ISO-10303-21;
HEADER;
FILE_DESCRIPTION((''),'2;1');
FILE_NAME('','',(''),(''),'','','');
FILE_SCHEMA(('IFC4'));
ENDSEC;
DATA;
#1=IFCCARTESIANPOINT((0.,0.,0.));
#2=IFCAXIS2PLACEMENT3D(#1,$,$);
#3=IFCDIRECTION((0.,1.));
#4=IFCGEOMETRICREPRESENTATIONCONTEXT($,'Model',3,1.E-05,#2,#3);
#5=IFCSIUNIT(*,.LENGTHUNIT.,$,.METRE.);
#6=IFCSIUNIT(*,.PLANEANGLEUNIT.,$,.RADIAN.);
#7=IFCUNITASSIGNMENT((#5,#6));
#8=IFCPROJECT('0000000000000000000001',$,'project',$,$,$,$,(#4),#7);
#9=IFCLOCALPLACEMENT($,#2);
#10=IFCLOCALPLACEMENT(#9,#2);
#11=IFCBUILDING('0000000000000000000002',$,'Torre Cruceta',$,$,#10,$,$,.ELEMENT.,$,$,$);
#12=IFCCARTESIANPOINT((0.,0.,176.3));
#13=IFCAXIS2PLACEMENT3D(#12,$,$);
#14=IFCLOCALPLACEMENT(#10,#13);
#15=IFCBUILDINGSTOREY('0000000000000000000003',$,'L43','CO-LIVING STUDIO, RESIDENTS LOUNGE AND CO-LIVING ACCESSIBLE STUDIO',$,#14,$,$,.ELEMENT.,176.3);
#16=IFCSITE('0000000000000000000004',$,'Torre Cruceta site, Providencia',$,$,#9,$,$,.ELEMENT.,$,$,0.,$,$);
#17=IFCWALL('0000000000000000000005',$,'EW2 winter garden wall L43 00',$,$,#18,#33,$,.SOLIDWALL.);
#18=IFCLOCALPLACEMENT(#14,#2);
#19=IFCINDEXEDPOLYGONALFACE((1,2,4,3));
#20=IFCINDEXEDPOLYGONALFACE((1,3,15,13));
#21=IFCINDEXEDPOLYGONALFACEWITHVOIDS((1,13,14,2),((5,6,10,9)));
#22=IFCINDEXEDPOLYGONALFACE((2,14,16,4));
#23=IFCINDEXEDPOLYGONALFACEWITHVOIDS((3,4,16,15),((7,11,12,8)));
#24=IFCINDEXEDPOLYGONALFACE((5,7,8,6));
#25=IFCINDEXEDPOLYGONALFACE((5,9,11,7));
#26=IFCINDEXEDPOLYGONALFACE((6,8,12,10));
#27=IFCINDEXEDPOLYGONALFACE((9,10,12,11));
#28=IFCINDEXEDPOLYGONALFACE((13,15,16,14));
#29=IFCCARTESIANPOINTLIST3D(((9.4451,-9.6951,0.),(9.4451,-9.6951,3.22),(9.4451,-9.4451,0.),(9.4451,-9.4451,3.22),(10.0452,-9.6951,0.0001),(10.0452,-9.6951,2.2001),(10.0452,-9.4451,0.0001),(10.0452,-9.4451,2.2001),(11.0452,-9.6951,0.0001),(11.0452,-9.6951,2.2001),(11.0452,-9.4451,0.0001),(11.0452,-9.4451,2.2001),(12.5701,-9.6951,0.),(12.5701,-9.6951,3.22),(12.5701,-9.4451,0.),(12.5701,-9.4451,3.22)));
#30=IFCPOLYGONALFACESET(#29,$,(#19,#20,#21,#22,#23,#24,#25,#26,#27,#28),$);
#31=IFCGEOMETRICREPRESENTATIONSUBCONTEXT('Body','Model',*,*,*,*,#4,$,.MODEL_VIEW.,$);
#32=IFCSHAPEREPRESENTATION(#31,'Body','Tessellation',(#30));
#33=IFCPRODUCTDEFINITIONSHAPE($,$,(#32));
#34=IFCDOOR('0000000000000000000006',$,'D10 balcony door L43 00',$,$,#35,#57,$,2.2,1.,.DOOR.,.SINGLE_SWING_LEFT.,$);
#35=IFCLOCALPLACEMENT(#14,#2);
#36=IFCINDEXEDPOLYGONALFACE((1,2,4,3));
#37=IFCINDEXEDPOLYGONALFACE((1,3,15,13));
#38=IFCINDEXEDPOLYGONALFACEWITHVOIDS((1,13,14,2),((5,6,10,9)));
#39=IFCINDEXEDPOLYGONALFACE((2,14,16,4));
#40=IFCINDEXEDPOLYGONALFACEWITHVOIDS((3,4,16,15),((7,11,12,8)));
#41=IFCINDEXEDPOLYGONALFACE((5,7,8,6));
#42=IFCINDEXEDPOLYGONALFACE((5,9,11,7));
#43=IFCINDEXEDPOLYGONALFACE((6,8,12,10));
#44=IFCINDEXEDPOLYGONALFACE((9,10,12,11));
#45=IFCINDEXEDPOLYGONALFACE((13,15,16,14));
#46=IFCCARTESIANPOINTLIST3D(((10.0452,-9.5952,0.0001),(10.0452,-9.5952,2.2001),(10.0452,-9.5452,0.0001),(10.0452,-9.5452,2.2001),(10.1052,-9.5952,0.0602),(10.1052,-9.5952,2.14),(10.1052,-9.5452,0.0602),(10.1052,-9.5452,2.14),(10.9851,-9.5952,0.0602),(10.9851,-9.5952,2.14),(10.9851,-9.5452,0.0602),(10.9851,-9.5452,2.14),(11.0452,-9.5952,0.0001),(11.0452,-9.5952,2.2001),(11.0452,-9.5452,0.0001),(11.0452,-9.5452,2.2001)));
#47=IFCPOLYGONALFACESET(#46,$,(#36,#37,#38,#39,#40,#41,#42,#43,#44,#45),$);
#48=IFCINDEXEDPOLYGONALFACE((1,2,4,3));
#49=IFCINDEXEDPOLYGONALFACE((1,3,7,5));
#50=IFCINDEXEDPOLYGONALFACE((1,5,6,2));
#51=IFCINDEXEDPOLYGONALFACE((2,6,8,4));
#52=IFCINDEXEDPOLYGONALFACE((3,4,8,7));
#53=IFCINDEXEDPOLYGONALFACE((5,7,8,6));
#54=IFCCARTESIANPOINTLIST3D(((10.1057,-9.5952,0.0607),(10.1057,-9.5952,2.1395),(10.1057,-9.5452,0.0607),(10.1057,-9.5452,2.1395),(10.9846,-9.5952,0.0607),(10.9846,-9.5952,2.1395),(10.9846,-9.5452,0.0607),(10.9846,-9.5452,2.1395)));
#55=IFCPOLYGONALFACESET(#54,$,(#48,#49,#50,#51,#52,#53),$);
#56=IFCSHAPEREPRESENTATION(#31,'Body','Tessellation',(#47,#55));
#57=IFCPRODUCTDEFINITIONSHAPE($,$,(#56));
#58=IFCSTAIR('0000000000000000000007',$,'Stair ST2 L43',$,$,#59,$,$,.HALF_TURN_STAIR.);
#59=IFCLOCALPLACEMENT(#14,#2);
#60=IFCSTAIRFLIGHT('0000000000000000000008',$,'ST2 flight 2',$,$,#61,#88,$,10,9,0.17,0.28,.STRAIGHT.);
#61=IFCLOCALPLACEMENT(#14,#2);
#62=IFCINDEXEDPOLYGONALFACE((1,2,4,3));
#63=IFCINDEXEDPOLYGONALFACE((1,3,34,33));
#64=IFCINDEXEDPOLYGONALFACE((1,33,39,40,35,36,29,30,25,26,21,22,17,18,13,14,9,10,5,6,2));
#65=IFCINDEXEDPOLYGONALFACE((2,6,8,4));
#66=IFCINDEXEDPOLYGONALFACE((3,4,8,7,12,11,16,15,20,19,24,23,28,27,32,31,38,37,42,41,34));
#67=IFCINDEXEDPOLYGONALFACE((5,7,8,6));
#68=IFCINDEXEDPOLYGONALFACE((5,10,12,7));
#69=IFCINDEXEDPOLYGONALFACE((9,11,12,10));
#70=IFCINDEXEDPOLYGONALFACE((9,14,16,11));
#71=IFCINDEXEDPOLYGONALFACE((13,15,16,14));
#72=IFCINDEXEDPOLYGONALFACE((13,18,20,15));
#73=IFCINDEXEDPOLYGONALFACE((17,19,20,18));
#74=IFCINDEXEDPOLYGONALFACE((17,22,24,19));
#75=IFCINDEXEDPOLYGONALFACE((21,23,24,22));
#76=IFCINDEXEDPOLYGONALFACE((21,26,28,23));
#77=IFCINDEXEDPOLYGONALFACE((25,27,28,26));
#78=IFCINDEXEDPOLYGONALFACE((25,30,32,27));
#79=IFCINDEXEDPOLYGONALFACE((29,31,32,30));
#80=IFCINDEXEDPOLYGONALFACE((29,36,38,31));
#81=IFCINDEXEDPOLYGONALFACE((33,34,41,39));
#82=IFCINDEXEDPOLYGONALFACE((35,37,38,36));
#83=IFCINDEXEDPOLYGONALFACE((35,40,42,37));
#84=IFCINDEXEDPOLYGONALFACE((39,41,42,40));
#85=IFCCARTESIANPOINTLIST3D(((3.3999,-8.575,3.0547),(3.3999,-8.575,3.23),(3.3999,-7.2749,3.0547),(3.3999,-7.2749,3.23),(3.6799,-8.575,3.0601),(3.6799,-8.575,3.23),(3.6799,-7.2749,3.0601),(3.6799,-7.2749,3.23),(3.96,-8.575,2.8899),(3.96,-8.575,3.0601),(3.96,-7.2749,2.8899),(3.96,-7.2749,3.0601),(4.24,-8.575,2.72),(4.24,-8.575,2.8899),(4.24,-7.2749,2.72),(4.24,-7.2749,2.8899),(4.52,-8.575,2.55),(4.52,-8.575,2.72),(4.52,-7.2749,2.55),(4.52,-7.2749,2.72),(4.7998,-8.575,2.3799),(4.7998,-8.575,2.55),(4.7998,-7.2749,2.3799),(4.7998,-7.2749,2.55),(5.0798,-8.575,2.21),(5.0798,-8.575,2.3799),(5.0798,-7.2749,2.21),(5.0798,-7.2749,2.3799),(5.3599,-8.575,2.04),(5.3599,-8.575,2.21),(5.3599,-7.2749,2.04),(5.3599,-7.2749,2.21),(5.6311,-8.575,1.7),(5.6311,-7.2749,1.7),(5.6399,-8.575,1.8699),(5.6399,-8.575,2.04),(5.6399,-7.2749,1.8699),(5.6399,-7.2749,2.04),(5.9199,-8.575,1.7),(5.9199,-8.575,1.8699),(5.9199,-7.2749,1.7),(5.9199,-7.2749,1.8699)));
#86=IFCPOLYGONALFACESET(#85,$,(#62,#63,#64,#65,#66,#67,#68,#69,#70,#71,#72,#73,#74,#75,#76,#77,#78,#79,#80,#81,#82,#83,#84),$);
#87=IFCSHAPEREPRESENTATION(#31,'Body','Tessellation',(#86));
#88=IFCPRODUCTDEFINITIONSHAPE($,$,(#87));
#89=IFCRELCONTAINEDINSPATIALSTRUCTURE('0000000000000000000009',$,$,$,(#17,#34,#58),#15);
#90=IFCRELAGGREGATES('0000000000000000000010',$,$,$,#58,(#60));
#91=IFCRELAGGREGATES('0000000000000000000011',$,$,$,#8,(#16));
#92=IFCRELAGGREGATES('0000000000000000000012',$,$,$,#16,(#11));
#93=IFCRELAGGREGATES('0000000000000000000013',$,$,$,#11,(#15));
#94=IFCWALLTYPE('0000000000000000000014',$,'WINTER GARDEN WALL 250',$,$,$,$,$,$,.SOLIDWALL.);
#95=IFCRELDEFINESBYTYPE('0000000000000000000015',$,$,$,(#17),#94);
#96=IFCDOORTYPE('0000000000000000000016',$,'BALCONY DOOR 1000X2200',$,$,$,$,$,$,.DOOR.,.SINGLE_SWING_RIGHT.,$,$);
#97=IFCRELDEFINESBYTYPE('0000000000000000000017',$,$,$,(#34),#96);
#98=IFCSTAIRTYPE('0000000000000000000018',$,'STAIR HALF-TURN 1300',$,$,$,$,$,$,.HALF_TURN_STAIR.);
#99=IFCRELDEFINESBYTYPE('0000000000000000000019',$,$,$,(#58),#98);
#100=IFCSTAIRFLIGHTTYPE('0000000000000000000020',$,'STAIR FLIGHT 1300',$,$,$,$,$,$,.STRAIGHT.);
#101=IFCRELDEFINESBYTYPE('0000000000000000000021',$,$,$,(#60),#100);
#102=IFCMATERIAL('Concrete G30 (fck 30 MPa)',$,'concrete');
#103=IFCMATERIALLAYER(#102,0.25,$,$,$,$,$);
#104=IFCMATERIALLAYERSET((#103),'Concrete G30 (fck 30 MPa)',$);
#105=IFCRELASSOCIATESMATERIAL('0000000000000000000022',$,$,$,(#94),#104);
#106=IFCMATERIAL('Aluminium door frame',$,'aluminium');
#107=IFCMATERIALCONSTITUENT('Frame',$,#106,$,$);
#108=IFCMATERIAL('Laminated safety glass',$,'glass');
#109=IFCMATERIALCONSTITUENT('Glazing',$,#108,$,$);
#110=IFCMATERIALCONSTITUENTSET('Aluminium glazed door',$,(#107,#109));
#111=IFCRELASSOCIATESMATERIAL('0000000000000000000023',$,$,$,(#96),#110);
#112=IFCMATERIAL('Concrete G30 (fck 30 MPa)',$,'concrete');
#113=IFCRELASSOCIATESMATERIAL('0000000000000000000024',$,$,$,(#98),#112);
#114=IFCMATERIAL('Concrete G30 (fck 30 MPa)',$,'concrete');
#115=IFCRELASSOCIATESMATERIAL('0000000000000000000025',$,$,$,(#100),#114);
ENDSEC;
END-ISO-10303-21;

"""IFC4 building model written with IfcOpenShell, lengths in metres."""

from ifc_helpers import new_model, si_unit, direction, frame, frame_2d, origin, place, context, subcontext, project, spatial, polyline, rectangle, hollow_rectangle, outline, extrude, material, layer, layer_set, constituent, constituent_set, type_object, element, fill, aggregate, save


model = new_model("IFC4")

# Units and contexts
model_context = context("Model", 3, precision=1e-05, world=origin(), true_north=direction((0.0, 1.0)))
body_context = subcontext(model_context, "Body", "Model", "MODEL_VIEW")
ifc_project = project(units=[si_unit("LENGTHUNIT", "METRE"), si_unit("PLANEANGLEUNIT", "RADIAN")], contexts=[model_context])

# Site, building, storey
site_placement = place(None, origin())
site = spatial("IfcSite", under=ifc_project, at=site_placement, Name="Torre Cruceta site, Providencia", CompositionType="ELEMENT", RefElevation=0.0)
building_placement = place(site_placement, origin())
building = spatial("IfcBuilding", under=site, at=building_placement, Name="Torre Cruceta", CompositionType="ELEMENT")
storey_placement = place(building_placement, frame((0.0, 0.0, 176.3)))
storey = spatial("IfcBuildingStorey", under=building, at=storey_placement, Name="L43", Description="CO-LIVING STUDIO, RESIDENTS LOUNGE AND CO-LIVING ACCESSIBLE STUDIO", CompositionType="ELEMENT", Elevation=176.3)

# Wall, opening, door
ifc_material_1 = material(Name="Concrete G30 (fck 30 MPa)", Category="concrete")
ifc_layer_1 = layer(ifc_material_1, 0.25)
ifc_layer_set_1 = layer_set([ifc_layer_1], Name="Concrete G30 (fck 30 MPa)")
wall_type_1 = type_object("IfcWallType", Name="WINTER GARDEN WALL 250", PredefinedType="SOLIDWALL", material=ifc_layer_set_1)
wall_1_placement = place(storey_placement, frame((9.4451, -9.5701, 0.0), z_axis=(0.0, 0.0, 1.0), x_axis=(1.0, 0.0, 0.0)))
wall_1 = element("IfcWall", 1, at=wall_1_placement, inside=storey, type_object=wall_type_1, Name="EW2 winter garden wall L43 00", PredefinedType="SOLIDWALL", context=body_context, shape_type="SweptSolid", body=[
    extrude(rectangle(XDim=3.125, YDim=0.25, at=frame_2d((1.5625, 0.0))), origin(), (0.0, 0.0, 1.0), 3.22),
])
opening_1_placement = place(wall_1_placement, frame((0.6001, 0.0, 0.0)))
opening_1 = element("IfcOpeningElement", 2, at=opening_1_placement, cuts=wall_1, PredefinedType="OPENING", context=body_context, shape_type="SweptSolid", body=[
    extrude(rectangle(XDim=1.0, YDim=2.2, at=frame_2d((0.5, 1.1001))), frame((0.0, 0.135, 0.0), z_axis=(0.0, -1.0, 0.0), x_axis=(1.0, 0.0, 0.0)), (0.0, 0.0, 1.0), 0.27),
])
ifc_material_2 = material(Name="Aluminium door frame", Category="aluminium")
ifc_constituent_1 = constituent(ifc_material_2, Name="Frame")
ifc_material_3 = material(Name="Laminated safety glass", Category="glass")
ifc_constituent_2 = constituent(ifc_material_3, Name="Glazing")
ifc_constituent_set_1 = constituent_set(constituents=[ifc_constituent_1, ifc_constituent_2], Name="Aluminium glazed door")
door_type_1 = type_object("IfcDoorType", Name="BALCONY DOOR 1000X2200", OperationType="SINGLE_SWING_RIGHT", PredefinedType="DOOR", material=ifc_constituent_set_1)
door_1_placement = place(opening_1_placement, origin())
door_1 = element("IfcDoor", 3, at=door_1_placement, inside=storey, type_object=door_type_1, Name="D10 balcony door L43 00", OperationType="SINGLE_SWING_LEFT", OverallHeight=2.2, OverallWidth=1.0, PredefinedType="DOOR", context=body_context, shape_type="SweptSolid", body=[
    extrude(hollow_rectangle(XDim=1.0, YDim=2.2, WallThickness=0.0601, at=frame_2d((0.5, 1.1001))), frame((0.0, 0.0249, 0.0), z_axis=(0.0, -1.0, 0.0), x_axis=(1.0, 0.0, 0.0)), (0.0, 0.0, 1.0), 0.05),
    extrude(rectangle(XDim=0.8789, YDim=2.0789, at=frame_2d((0.5, 1.1001))), frame((0.0, 0.0249, 0.0), z_axis=(0.0, -1.0, 0.0), x_axis=(1.0, 0.0, 0.0)), (0.0, 0.0, 1.0), 0.05),
])
fill(opening_1, door_1)

# Stair, stair flight
ifc_material_4 = material(Name="Concrete G30 (fck 30 MPa)", Category="concrete")
stair_type = type_object("IfcStairType", Name="STAIR HALF-TURN 1300", PredefinedType="HALF_TURN_STAIR", material=ifc_material_4)
stair_placement = place(storey_placement, origin())
stair = element("IfcStair", 4, at=stair_placement, inside=storey, type_object=stair_type, Name="Stair ST2 L43", PredefinedType="HALF_TURN_STAIR")
ifc_material_5 = material(Name="Concrete G30 (fck 30 MPa)", Category="concrete")
stair_flight_type = type_object("IfcStairFlightType", Name="STAIR FLIGHT 1300", PredefinedType="STRAIGHT", material=ifc_material_5)
stair_flight_placement = place(storey_placement, frame((5.9199, -7.925, 1.7), z_axis=(0.0, 0.0, 1.0), x_axis=(-1.0, 0.0, 0.0)))
stair_flight = element("IfcStairFlight", 5, at=stair_flight_placement, type_object=stair_flight_type, Name="ST2 flight 2", NumberOfRisers=10, NumberOfTreads=9, PredefinedType="STRAIGHT", RiserHeight=0.17, TreadLength=0.28, context=body_context, shape_type="SweptSolid", body=[
    extrude(outline(polyline([(0.0, 0.0), (0.0, 0.1699), (0.28, 0.1699), (0.28, 0.3401), (0.5601, 0.3401), (0.5601, 0.51), (0.8401, 0.51), (0.8401, 0.6799), (1.1201, 0.6799), (1.1201, 0.8501), (1.3999, 0.8501), (1.3999, 1.02), (1.6799, 1.02), (1.6799, 1.1899), (1.96, 1.1899), (1.96, 1.3601), (2.24, 1.3601), (2.24, 1.53), (2.52, 1.53), (2.52, 1.7), (2.52, 1.3547), (0.2888, 0.0), (0.0, 0.0)])), frame((0.0, 0.6499, 0.0), z_axis=(0.0, -1.0, 0.0), x_axis=(1.0, 0.0, 0.0)), (0.0, 0.0, 1.0), 1.3),
])
aggregate(stair, [stair_flight])

save(model, "model.ifc")
